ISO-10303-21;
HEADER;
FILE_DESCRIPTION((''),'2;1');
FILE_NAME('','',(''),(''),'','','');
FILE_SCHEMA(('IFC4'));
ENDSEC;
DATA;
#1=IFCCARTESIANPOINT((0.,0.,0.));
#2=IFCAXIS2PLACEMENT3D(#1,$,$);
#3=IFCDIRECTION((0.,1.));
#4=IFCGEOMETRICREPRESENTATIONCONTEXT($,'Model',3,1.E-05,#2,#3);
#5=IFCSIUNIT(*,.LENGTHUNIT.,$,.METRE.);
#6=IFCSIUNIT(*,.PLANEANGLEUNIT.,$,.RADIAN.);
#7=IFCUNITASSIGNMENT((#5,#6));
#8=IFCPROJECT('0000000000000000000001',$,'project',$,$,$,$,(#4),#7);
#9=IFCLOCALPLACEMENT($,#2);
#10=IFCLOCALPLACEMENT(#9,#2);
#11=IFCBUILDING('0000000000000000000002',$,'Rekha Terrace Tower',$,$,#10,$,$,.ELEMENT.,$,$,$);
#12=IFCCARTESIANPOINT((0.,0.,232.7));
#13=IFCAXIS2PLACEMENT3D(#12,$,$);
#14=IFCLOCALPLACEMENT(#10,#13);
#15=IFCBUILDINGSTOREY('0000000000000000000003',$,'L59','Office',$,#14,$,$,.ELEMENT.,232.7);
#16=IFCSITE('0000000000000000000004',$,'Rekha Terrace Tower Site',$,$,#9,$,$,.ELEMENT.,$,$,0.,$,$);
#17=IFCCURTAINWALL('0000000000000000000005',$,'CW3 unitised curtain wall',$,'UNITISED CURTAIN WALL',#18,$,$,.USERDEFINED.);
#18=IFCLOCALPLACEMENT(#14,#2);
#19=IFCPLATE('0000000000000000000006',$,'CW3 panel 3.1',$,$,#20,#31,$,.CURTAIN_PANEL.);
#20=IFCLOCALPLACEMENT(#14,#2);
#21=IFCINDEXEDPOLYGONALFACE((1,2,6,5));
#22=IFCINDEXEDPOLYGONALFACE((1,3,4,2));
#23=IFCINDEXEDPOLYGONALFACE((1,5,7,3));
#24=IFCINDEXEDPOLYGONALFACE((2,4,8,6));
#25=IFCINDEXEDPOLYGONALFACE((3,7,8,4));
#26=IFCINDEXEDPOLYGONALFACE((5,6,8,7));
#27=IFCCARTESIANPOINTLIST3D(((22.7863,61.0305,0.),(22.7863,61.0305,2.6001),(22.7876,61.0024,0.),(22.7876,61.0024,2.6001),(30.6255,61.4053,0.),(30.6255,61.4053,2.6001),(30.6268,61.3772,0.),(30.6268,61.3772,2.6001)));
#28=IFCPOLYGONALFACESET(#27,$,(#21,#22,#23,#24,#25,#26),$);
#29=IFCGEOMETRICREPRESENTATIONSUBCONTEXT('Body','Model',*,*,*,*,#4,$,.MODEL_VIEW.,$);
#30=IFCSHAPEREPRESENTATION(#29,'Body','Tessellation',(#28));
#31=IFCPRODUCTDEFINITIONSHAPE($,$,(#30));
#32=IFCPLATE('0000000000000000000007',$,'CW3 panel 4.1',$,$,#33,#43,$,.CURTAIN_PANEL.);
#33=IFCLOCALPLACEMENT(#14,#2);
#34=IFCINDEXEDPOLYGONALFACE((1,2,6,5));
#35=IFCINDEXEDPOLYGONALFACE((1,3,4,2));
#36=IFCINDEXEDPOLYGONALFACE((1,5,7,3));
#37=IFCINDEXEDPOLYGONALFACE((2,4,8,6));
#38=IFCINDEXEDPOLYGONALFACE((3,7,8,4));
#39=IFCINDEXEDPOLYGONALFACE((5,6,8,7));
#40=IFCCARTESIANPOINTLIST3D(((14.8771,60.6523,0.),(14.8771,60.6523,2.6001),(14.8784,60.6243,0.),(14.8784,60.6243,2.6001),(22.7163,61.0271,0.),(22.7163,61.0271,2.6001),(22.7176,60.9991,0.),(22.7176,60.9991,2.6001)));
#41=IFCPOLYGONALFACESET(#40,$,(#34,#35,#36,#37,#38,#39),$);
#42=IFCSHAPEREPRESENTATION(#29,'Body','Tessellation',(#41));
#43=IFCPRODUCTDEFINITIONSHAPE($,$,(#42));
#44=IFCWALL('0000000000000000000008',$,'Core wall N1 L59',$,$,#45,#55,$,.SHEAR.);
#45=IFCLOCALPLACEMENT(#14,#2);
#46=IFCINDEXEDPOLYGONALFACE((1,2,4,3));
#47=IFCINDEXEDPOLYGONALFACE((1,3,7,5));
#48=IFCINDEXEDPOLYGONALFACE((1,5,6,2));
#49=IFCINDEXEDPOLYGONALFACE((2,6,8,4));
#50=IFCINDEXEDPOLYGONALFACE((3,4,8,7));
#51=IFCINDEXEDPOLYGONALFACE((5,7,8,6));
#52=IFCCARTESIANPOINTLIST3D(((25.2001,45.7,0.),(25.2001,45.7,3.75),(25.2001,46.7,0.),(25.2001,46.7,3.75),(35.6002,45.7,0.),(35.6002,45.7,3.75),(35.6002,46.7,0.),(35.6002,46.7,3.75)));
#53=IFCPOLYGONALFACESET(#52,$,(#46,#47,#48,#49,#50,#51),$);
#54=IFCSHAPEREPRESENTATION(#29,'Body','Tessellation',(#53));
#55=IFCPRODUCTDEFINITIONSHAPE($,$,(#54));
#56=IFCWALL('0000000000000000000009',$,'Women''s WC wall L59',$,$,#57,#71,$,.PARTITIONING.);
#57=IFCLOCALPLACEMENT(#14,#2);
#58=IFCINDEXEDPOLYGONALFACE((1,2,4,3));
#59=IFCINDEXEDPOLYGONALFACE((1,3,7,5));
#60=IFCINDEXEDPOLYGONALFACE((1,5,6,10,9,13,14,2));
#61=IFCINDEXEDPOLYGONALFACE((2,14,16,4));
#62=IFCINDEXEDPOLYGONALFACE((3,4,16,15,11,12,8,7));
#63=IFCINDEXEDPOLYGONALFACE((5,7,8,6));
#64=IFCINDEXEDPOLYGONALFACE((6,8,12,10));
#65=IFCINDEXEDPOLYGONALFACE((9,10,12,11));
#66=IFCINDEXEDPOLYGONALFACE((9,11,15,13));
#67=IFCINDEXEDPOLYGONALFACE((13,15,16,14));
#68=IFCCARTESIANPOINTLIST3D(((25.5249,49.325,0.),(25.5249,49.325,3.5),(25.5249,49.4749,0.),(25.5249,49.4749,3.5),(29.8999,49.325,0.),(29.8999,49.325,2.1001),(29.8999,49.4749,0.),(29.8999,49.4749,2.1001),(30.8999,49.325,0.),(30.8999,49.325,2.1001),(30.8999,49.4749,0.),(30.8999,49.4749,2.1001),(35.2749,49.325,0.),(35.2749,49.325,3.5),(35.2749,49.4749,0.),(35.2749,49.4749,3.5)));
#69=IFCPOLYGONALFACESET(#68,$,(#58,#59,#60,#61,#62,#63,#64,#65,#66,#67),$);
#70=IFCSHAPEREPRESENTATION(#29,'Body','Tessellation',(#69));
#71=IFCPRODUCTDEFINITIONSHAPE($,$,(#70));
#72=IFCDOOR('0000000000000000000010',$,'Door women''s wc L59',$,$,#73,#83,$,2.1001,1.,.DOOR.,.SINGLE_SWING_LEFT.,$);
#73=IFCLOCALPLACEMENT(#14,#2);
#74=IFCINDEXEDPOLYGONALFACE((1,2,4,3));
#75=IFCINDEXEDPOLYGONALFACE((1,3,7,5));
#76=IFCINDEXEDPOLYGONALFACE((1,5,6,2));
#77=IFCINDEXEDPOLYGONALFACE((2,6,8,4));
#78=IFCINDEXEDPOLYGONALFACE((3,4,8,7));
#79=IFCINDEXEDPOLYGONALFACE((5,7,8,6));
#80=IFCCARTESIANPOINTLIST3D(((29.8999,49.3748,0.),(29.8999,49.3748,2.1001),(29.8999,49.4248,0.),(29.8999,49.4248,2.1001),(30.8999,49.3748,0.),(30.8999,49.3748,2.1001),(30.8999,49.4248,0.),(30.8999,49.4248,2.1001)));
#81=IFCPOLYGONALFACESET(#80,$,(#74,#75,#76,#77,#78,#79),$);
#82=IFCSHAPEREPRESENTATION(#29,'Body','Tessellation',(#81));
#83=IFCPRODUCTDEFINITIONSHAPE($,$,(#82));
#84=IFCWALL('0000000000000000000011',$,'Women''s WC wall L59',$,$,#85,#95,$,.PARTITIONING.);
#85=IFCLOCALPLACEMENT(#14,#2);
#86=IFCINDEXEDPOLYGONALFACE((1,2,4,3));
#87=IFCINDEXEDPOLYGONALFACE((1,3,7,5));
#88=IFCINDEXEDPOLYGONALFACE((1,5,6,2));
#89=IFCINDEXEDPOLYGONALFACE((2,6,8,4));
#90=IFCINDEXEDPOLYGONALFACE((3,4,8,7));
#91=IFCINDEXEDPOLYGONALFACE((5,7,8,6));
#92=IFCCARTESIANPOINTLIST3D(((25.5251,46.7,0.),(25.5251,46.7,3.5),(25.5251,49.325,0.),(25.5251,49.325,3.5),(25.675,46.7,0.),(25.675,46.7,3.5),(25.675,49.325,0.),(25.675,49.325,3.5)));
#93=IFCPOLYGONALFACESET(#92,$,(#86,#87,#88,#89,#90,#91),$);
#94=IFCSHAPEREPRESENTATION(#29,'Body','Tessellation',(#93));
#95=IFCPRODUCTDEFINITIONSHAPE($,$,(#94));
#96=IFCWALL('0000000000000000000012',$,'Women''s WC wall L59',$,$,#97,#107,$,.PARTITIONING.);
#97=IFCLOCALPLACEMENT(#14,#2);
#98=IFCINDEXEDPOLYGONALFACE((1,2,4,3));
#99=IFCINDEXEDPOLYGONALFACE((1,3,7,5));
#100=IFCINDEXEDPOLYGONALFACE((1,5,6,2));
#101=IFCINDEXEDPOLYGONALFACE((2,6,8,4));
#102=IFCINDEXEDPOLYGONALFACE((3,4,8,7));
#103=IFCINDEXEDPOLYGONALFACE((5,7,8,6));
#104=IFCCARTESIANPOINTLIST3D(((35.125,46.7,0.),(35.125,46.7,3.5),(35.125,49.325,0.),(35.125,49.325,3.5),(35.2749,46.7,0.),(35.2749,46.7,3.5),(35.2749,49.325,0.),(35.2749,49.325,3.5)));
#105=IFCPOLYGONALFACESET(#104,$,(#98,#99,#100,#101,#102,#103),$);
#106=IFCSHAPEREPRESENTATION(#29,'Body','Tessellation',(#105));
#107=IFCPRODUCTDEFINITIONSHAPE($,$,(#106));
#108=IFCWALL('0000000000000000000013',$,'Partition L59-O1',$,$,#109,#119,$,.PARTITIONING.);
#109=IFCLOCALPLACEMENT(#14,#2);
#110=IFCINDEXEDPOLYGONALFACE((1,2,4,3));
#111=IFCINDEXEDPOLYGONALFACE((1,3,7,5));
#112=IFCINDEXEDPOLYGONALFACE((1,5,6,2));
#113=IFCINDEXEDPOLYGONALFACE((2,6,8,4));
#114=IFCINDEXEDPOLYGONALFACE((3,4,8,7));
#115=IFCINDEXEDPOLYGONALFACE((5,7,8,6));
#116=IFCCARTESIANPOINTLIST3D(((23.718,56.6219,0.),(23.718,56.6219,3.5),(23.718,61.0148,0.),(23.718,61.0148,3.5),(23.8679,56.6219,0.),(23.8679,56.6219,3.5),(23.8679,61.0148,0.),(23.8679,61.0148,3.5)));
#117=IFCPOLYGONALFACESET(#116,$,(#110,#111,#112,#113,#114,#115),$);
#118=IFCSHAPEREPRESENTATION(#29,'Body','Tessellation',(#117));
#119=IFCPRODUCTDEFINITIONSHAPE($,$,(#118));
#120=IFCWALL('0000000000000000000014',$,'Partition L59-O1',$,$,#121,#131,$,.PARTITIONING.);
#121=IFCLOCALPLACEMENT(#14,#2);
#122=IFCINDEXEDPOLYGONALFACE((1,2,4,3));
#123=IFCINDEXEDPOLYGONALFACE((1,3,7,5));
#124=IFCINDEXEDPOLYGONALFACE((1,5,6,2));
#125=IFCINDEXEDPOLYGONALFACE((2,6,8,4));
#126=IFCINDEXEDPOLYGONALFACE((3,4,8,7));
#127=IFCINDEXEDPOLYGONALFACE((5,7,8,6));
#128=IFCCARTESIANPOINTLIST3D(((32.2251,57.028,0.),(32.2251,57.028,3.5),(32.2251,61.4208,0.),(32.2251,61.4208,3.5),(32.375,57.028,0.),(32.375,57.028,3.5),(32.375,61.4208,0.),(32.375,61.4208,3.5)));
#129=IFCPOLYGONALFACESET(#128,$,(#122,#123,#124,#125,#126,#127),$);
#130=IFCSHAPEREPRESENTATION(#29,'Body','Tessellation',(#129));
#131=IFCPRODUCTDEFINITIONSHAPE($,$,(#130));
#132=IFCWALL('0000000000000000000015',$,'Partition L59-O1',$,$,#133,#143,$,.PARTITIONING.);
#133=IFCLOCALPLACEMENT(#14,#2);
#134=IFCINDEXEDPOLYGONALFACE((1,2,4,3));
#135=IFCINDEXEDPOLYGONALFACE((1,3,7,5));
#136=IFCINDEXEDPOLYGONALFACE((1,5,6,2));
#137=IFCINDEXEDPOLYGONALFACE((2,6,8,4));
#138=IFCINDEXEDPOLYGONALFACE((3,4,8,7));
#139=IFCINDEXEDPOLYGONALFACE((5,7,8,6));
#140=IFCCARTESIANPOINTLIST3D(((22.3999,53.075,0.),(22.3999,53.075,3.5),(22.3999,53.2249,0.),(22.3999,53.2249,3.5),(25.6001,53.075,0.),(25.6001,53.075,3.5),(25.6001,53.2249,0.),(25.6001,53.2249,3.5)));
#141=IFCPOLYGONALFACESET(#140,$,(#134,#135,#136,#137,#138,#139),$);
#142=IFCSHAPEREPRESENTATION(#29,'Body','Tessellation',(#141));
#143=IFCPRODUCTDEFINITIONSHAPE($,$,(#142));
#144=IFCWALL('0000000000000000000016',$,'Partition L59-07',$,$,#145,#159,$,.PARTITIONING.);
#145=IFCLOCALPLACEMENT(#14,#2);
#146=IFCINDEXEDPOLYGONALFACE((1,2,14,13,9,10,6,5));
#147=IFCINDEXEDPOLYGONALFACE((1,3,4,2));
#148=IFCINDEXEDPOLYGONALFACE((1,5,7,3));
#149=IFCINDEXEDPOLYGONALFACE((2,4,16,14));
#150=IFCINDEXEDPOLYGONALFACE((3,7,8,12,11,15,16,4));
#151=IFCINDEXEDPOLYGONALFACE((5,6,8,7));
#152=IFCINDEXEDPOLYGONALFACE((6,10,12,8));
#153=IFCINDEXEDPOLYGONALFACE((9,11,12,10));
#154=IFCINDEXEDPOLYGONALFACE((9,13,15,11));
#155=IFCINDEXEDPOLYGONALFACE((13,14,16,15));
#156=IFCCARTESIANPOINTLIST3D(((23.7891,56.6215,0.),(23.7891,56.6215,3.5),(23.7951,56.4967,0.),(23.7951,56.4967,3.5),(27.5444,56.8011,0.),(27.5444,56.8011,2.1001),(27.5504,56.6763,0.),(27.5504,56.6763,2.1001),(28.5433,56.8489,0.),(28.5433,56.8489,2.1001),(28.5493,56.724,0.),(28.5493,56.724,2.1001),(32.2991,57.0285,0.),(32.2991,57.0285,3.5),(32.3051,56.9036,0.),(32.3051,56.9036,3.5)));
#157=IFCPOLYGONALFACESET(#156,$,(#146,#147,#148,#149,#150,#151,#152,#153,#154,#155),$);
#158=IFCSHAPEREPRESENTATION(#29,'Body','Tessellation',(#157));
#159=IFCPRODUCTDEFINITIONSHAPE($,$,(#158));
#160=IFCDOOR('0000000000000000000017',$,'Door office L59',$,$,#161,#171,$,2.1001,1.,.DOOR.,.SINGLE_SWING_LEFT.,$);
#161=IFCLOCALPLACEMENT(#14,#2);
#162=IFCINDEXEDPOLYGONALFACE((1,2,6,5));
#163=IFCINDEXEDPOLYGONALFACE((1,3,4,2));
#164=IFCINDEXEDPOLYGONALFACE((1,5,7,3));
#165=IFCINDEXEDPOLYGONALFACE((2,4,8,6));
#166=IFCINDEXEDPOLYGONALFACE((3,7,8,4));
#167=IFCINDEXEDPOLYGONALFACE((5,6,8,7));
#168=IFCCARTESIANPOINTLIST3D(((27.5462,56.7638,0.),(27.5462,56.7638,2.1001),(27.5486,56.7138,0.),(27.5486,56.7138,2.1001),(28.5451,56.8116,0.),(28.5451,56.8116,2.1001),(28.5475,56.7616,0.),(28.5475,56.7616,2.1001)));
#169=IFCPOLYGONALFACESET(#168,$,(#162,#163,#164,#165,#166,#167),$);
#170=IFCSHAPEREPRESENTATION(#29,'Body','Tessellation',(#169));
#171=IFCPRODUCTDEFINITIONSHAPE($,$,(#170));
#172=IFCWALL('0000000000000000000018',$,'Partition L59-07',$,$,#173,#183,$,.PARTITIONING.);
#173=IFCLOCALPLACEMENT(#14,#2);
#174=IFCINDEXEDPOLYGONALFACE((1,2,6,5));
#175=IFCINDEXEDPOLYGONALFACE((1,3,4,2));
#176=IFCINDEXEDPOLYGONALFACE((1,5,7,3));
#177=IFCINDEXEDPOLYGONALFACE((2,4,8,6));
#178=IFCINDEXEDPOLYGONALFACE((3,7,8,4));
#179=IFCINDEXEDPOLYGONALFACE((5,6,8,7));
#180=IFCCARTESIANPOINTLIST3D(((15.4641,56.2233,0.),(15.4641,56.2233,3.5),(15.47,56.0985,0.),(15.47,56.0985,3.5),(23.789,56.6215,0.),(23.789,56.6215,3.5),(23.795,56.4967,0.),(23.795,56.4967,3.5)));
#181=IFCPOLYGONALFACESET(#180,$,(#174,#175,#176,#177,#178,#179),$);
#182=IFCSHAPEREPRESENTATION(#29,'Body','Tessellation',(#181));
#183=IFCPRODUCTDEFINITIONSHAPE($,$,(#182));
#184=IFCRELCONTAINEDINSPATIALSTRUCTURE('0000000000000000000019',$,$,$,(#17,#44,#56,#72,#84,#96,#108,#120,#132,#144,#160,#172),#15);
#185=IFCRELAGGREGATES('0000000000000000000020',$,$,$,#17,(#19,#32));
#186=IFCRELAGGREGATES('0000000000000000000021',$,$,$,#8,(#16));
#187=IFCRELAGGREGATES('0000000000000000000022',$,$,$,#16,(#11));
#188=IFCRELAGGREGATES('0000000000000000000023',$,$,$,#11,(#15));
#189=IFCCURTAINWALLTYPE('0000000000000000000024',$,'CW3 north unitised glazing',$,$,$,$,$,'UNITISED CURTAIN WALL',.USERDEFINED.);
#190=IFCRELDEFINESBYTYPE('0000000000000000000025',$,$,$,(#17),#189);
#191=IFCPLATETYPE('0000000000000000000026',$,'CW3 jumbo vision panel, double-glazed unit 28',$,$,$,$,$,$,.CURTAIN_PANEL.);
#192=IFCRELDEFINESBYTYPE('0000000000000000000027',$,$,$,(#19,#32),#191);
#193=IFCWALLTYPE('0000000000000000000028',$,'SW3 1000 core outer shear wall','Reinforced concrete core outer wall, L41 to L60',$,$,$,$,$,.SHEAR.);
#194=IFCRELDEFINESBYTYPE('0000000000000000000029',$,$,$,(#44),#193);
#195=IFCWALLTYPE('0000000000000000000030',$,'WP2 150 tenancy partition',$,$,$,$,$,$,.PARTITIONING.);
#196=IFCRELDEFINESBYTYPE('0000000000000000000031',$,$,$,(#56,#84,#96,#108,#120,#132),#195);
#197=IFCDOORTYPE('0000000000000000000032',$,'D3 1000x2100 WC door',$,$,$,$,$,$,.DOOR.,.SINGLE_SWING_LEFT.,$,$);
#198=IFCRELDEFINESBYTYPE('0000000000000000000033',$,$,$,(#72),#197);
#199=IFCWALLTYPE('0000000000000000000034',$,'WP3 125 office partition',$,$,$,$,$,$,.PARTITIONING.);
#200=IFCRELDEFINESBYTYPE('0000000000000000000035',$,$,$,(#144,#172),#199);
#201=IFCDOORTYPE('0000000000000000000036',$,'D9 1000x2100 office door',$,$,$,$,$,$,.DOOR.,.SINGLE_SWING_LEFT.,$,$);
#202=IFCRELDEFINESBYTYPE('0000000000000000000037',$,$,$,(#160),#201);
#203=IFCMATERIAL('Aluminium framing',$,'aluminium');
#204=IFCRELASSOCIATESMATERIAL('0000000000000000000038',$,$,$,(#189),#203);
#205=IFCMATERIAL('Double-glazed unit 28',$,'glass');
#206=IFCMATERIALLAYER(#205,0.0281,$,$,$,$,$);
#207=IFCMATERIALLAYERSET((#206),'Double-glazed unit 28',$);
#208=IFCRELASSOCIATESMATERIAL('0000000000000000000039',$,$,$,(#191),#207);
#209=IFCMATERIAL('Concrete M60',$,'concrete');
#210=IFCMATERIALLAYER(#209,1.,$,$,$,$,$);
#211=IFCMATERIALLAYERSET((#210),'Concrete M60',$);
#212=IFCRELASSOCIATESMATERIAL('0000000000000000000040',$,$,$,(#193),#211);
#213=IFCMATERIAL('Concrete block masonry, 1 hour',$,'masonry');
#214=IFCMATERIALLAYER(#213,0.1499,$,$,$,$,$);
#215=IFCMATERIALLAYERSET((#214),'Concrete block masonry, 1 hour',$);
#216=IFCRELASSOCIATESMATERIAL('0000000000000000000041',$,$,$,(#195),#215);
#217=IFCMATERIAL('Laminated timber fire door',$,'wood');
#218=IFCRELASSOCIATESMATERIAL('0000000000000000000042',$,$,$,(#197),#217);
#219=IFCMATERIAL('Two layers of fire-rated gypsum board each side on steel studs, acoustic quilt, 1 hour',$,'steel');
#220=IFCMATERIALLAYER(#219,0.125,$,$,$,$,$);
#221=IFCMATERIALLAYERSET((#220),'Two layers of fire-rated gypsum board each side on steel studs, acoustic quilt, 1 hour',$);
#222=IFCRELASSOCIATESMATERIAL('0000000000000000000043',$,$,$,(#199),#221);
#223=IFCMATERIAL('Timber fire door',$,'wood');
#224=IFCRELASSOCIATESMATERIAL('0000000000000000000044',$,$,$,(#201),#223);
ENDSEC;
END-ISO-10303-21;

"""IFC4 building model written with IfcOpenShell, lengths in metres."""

from ifc_helpers import new_model, si_unit, direction, frame, frame_2d, origin, origin_2d, place, context, subcontext, project, spatial, rectangle, extrude, material, layer, layer_set, type_object, element, fill, aggregate, save


model = new_model("IFC4")

# Units and contexts
model_context = context("Model", 3, precision=1e-05, world=origin(), true_north=direction((0.0, 1.0)))
body_context = subcontext(model_context, "Body", "Model", "MODEL_VIEW")
ifc_project = project(units=[si_unit("LENGTHUNIT", "METRE"), si_unit("PLANEANGLEUNIT", "RADIAN")], contexts=[model_context])

# Site, building, storey
site_placement = place(None, origin())
site = spatial("IfcSite", under=ifc_project, at=site_placement, Name="Rekha Terrace Tower Site", CompositionType="ELEMENT", RefElevation=0.0)
building_placement = place(site_placement, origin())
building = spatial("IfcBuilding", under=site, at=building_placement, Name="Rekha Terrace Tower", CompositionType="ELEMENT")
storey_placement = place(building_placement, frame((0.0, 0.0, 232.7)))
storey = spatial("IfcBuildingStorey", under=building, at=storey_placement, Name="L59", Description="Office", CompositionType="ELEMENT", Elevation=232.7)

# Curtain wall, plates
ifc_material_1 = material(Name="Aluminium framing", Category="aluminium")
curtain_wall_type = type_object("IfcCurtainWallType", Name="CW3 north unitised glazing", ElementType="UNITISED CURTAIN WALL", PredefinedType="USERDEFINED", material=ifc_material_1)
curtain_wall_placement = place(storey_placement, origin())
curtain_wall = element("IfcCurtainWall", 1, at=curtain_wall_placement, inside=storey, type_object=curtain_wall_type, Name="CW3 unitised curtain wall", ObjectType="UNITISED CURTAIN WALL", PredefinedType="USERDEFINED")
ifc_material_2 = material(Name="Double-glazed unit 28", Category="glass")
ifc_layer_1 = layer(ifc_material_2, 0.0281)
ifc_layer_set_1 = layer_set([ifc_layer_1], Name="Double-glazed unit 28")
plate_type = type_object("IfcPlateType", Name="CW3 jumbo vision panel, double-glazed unit 28", PredefinedType="CURTAIN_PANEL", material=ifc_layer_set_1)
plate_1_placement = place(storey_placement, frame((26.7065, 61.2039, 0.0), z_axis=(0.0, 0.0, 1.0), x_axis=(-0.998859, -0.047759, 0.0)))
plate_1 = element("IfcPlate", 2, at=plate_1_placement, type_object=plate_type, Name="CW3 panel 3.1", PredefinedType="CURTAIN_PANEL", context=body_context, shape_type="SweptSolid", body=[
    extrude(rectangle(XDim=7.8481, YDim=0.0281, at=origin_2d()), origin(), (0.0, 0.0, 1.0), 2.6001),
])
plate_2_placement = place(storey_placement, frame((18.7974, 60.8257, 0.0), z_axis=(0.0, 0.0, 1.0), x_axis=(-0.998859, -0.047759, 0.0)))
plate_2 = element("IfcPlate", 3, at=plate_2_placement, type_object=plate_type, Name="CW3 panel 4.1", PredefinedType="CURTAIN_PANEL", context=body_context, shape_type="SweptSolid", body=[
    extrude(rectangle(XDim=7.8481, YDim=0.0281, at=origin_2d()), origin(), (0.0, 0.0, 1.0), 2.6001),
])
aggregate(curtain_wall, [plate_1, plate_2])

# Wall
ifc_material_3 = material(Name="Concrete M60", Category="concrete")
ifc_layer_2 = layer(ifc_material_3, 1.0)
ifc_layer_set_2 = layer_set([ifc_layer_2], Name="Concrete M60")
wall_type_1 = type_object("IfcWallType", Name="SW3 1000 core outer shear wall", Description="Reinforced concrete core outer wall, L41 to L60", PredefinedType="SHEAR", material=ifc_layer_set_2)
wall_1_placement = place(storey_placement, frame((25.2, 46.2, 0.0), z_axis=(0.0, 0.0, 1.0), x_axis=(1.0, 0.0, 0.0)))
element("IfcWall", 4, at=wall_1_placement, inside=storey, type_object=wall_type_1, Name="Core wall N1 L59", PredefinedType="SHEAR", context=body_context, shape_type="SweptSolid", body=[
    extrude(rectangle(XDim=10.4001, YDim=1.0, at=frame_2d((5.2002, 0.0))), origin(), (0.0, 0.0, 1.0), 3.75),
])

# Wall, opening, door
ifc_material_4 = material(Name="Concrete block masonry, 1 hour", Category="masonry")
ifc_layer_3 = layer(ifc_material_4, 0.1499)
ifc_layer_set_3 = layer_set([ifc_layer_3], Name="Concrete block masonry, 1 hour")
wall_type_2 = type_object("IfcWallType", Name="WP2 150 tenancy partition", PredefinedType="PARTITIONING", material=ifc_layer_set_3)
wall_2_placement = place(storey_placement, frame((25.5249, 49.3999, 0.0), z_axis=(0.0, 0.0, 1.0), x_axis=(1.0, 0.0, 0.0)))
wall_2 = element("IfcWall", 5, at=wall_2_placement, inside=storey, type_object=wall_type_2, Name="Women's WC wall L59", PredefinedType="PARTITIONING", context=body_context, shape_type="SweptSolid", body=[
    extrude(rectangle(XDim=9.75, YDim=0.1499, at=frame_2d((4.875, 0.0))), origin(), (0.0, 0.0, 1.0), 3.5),
])
opening_1_placement = place(wall_2_placement, frame((4.375, 0.0, 0.0)))
opening_1 = element("IfcOpeningElement", 6, at=opening_1_placement, cuts=wall_2, PredefinedType="OPENING", context=body_context, shape_type="SweptSolid", body=[
    extrude(rectangle(XDim=1.0, YDim=2.1001, at=frame_2d((0.5, 1.05))), frame((0.0, 0.085, 0.0), z_axis=(0.0, -1.0, 0.0), x_axis=(1.0, 0.0, 0.0)), (0.0, 0.0, 1.0), 0.1699),
])
ifc_material_5 = material(Name="Laminated timber fire door", Category="wood")
door_type_1 = type_object("IfcDoorType", Name="D3 1000x2100 WC door", OperationType="SINGLE_SWING_LEFT", PredefinedType="DOOR", material=ifc_material_5)
door_1_placement = place(opening_1_placement, origin())
door_1 = element("IfcDoor", 7, at=door_1_placement, inside=storey, type_object=door_type_1, Name="Door women's wc L59", OperationType="SINGLE_SWING_LEFT", OverallHeight=2.1001, OverallWidth=1.0, PredefinedType="DOOR", context=body_context, shape_type="SweptSolid", body=[
    extrude(rectangle(XDim=1.0, YDim=2.1001, at=frame_2d((0.5, 1.05))), frame((0.0, 0.0249, 0.0), z_axis=(0.0, -1.0, 0.0), x_axis=(1.0, 0.0, 0.0)), (0.0, 0.0, 1.0), 0.05),
])
fill(opening_1, door_1)

# Walls
for number, where, z_axis, x_axis, name in (
    (8, (25.6001, 46.7, 0.0), (0.0, 0.0, 1.0), (0.0, 1.0, 0.0), "Women's WC wall L59"),
    (9, (35.2, 46.7, 0.0), (0.0, 0.0, 1.0), (0.0, 1.0, 0.0), "Women's WC wall L59"),
):
    element("IfcWall", number, at=place(storey_placement, frame(where, z_axis=z_axis, x_axis=x_axis)), inside=storey, type_object=wall_type_2, Name=name, PredefinedType="PARTITIONING", context=body_context, shape_type="SweptSolid", body=[
        extrude(rectangle(XDim=2.625, YDim=0.1499, at=frame_2d((1.3125, 0.0))), origin(), (0.0, 0.0, 1.0), 3.5),
    ])
for number, where, z_axis, x_axis, name in (
    (10, (23.793, 56.6221, 0.0), (0.0, 0.0, 1.0), (0.0, 1.0, 0.0), "Partition L59-O1"),
    (11, (32.3, 57.0281, 0.0), (0.0, 0.0, 1.0), (0.0, 1.0, 0.0), "Partition L59-O1"),
):
    element("IfcWall", number, at=place(storey_placement, frame(where, z_axis=z_axis, x_axis=x_axis)), inside=storey, type_object=wall_type_2, Name=name, PredefinedType="PARTITIONING", context=body_context, shape_type="SweptSolid", body=[
        extrude(rectangle(XDim=4.3928, YDim=0.1499, at=frame_2d((2.1963, 0.0))), origin(), (0.0, 0.0, 1.0), 3.5),
    ])
wall_3_placement = place(storey_placement, frame((25.6001, 53.1499, 0.0), z_axis=(0.0, 0.0, 1.0), x_axis=(-1.0, 0.0, 0.0)))
element("IfcWall", 12, at=wall_3_placement, inside=storey, type_object=wall_type_2, Name="Partition L59-O1", PredefinedType="PARTITIONING", context=body_context, shape_type="SweptSolid", body=[
    extrude(rectangle(XDim=3.2002, YDim=0.1499, at=frame_2d((1.6001, 0.0))), origin(), (0.0, 0.0, 1.0), 3.5),
])

# Wall, opening, door
ifc_material_6 = material(Name="Two layers of fire-rated gypsum board each side on steel studs, acoustic quilt, 1 hour", Category="steel")
ifc_layer_4 = layer(ifc_material_6, 0.125)
ifc_layer_set_4 = layer_set([ifc_layer_4], Name="Two layers of fire-rated gypsum board each side on steel studs, acoustic quilt, 1 hour")
wall_type_3 = type_object("IfcWallType", Name="WP3 125 office partition", PredefinedType="PARTITIONING", material=ifc_layer_set_4)
wall_4_placement = place(storey_placement, frame((32.302, 56.9661, 0.0), z_axis=(0.0, 0.0, 1.0), x_axis=(-0.998858, -0.047769, 0.0)))
wall_4 = element("IfcWall", 13, at=wall_4_placement, inside=storey, type_object=wall_type_3, Name="Partition L59-07", PredefinedType="PARTITIONING", context=body_context, shape_type="SweptSolid", body=[
    extrude(rectangle(XDim=8.5198, YDim=0.125, at=frame_2d((4.2598, 0.0))), origin(), (0.0, 0.0, 1.0), 3.5),
])
opening_2_placement = place(wall_4_placement, frame((3.76, 0.0, 0.0)))
opening_2 = element("IfcOpeningElement", 14, at=opening_2_placement, cuts=wall_4, PredefinedType="OPENING", context=body_context, shape_type="SweptSolid", body=[
    extrude(rectangle(XDim=1.0, YDim=2.1001, at=frame_2d((0.5, 1.05))), frame((0.0, 0.0725, 0.0), z_axis=(0.0, -1.0, 0.0), x_axis=(1.0, 0.0, 0.0)), (0.0, 0.0, 1.0), 0.145),
])
ifc_material_7 = material(Name="Timber fire door", Category="wood")
door_type_2 = type_object("IfcDoorType", Name="D9 1000x2100 office door", OperationType="SINGLE_SWING_LEFT", PredefinedType="DOOR", material=ifc_material_7)
door_2_placement = place(opening_2_placement, origin())
door_2 = element("IfcDoor", 15, at=door_2_placement, inside=storey, type_object=door_type_2, Name="Door office L59", OperationType="SINGLE_SWING_LEFT", OverallHeight=2.1001, OverallWidth=1.0, PredefinedType="DOOR", context=body_context, shape_type="SweptSolid", body=[
    extrude(rectangle(XDim=1.0, YDim=2.1001, at=frame_2d((0.5, 1.05))), frame((0.0, 0.0249, 0.0), z_axis=(0.0, -1.0, 0.0), x_axis=(1.0, 0.0, 0.0)), (0.0, 0.0, 1.0), 0.05),
])
fill(opening_2, door_2)

# Wall
wall_5_placement = place(storey_placement, frame((23.792, 56.5591, 0.0), z_axis=(0.0, 0.0, 1.0), x_axis=(-0.998858, -0.047777, 0.0)))
element("IfcWall", 16, at=wall_5_placement, inside=storey, type_object=wall_type_3, Name="Partition L59-07", PredefinedType="PARTITIONING", context=body_context, shape_type="SweptSolid", body=[
    extrude(rectangle(XDim=8.3345, YDim=0.125, at=frame_2d((4.1672, 0.0))), origin(), (0.0, 0.0, 1.0), 3.5),
])

save(model, "model.ifc")
